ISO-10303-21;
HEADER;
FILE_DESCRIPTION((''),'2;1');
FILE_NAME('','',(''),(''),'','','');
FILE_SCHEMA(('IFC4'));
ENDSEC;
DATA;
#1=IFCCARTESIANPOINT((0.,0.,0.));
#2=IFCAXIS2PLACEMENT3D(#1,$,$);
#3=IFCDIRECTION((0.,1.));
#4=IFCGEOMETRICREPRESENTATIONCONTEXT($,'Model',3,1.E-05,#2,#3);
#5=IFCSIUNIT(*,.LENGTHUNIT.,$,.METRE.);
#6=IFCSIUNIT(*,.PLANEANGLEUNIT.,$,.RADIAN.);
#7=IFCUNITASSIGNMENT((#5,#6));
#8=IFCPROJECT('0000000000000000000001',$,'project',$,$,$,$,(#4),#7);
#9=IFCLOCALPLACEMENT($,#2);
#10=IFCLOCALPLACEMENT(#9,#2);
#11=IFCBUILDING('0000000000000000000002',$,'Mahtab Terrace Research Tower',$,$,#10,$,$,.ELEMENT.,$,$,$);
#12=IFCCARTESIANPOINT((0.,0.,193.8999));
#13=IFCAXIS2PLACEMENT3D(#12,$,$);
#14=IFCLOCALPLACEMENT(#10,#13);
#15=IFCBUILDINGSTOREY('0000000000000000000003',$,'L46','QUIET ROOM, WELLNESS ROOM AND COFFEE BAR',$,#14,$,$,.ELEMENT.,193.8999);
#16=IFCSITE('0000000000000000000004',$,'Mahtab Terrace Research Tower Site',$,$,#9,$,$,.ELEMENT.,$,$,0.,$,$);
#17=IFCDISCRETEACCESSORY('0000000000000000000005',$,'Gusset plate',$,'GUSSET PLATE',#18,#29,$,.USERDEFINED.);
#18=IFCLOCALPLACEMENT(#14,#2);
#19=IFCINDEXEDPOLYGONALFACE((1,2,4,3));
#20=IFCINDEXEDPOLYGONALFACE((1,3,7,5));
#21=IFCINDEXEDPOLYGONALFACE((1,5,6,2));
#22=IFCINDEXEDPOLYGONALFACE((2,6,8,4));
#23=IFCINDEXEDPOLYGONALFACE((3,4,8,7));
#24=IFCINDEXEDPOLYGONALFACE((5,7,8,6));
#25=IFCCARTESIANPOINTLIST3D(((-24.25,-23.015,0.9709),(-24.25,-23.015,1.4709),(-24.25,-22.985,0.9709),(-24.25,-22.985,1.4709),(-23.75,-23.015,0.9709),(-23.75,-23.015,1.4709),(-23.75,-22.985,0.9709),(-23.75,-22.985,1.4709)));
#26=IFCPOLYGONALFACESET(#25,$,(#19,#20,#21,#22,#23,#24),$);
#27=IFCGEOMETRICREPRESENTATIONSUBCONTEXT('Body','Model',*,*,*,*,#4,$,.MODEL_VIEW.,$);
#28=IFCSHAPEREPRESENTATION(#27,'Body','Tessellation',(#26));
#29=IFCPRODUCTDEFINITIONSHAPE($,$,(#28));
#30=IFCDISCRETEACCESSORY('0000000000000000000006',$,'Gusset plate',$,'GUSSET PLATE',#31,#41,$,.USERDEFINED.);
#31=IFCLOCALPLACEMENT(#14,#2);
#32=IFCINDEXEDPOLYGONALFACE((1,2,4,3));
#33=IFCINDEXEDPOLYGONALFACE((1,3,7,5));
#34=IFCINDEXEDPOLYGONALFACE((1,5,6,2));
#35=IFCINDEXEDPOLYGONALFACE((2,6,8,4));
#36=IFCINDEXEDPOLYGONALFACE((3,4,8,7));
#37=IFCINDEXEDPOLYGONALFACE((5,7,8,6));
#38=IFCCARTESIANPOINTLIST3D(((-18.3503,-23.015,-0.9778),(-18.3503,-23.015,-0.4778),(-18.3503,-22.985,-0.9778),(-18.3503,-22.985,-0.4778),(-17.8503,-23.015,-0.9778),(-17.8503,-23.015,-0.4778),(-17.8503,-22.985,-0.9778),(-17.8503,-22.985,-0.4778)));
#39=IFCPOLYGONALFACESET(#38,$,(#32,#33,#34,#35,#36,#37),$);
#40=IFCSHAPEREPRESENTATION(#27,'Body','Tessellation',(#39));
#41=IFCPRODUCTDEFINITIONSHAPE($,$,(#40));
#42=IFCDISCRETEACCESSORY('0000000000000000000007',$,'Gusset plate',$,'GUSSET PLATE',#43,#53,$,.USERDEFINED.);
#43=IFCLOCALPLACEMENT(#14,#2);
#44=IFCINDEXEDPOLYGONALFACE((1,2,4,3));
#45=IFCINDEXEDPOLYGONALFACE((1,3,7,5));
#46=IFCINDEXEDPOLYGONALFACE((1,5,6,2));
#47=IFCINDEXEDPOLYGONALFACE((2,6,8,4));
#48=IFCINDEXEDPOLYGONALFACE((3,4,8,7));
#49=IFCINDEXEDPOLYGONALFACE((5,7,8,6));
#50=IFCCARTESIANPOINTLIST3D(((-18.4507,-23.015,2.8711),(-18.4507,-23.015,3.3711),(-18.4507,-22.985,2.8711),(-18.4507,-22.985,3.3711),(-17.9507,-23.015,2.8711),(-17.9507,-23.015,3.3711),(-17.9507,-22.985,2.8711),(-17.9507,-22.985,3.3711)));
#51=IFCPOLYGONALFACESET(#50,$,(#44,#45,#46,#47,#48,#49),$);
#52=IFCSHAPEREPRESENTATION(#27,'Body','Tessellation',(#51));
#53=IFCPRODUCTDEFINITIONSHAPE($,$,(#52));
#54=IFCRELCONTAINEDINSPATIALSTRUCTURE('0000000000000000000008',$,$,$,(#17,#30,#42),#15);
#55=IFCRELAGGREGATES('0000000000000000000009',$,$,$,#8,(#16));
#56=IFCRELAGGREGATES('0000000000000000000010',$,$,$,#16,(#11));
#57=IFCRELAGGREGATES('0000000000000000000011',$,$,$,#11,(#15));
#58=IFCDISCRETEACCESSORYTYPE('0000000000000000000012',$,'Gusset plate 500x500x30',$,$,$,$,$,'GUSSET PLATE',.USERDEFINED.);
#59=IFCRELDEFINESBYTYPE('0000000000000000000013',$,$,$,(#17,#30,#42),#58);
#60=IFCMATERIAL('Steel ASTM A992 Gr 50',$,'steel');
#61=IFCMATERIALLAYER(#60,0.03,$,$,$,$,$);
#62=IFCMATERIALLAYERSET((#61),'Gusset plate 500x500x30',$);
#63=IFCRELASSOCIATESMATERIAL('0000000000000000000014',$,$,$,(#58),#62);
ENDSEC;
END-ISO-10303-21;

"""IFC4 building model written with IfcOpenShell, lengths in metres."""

from ifc_helpers import new_model, si_unit, direction, frame, origin, origin_2d, place, context, subcontext, project, spatial, rectangle, extrude, material, layer, layer_set, type_object, element, save


model = new_model("IFC4")

# Units and contexts
model_context = context("Model", 3, precision=1e-05, world=origin(), true_north=direction((0.0, 1.0)))
body_context = subcontext(model_context, "Body", "Model", "MODEL_VIEW")
ifc_project = project(units=[si_unit("LENGTHUNIT", "METRE"), si_unit("PLANEANGLEUNIT", "RADIAN")], contexts=[model_context])

# Site, building, storey
site_placement = place(None, origin())
site = spatial("IfcSite", under=ifc_project, at=site_placement, Name="Mahtab Terrace Research Tower Site", CompositionType="ELEMENT", RefElevation=0.0)
building_placement = place(site_placement, origin())
building = spatial("IfcBuilding", under=site, at=building_placement, Name="Mahtab Terrace Research Tower", CompositionType="ELEMENT")
storey_placement = place(building_placement, frame((0.0, 0.0, 193.8999)))
storey = spatial("IfcBuildingStorey", under=building, at=storey_placement, Name="L46", Description="QUIET ROOM, WELLNESS ROOM AND COFFEE BAR", CompositionType="ELEMENT", Elevation=193.8999)

# Shared definitions
ifc_material_1 = material(Name="Steel ASTM A992 Gr 50", Category="steel")

# Discrete accessories
ifc_layer_1 = layer(ifc_material_1, 0.03)
ifc_layer_set_1 = layer_set([ifc_layer_1], Name="Gusset plate 500x500x30")
discrete_accessory_type_1 = type_object("IfcDiscreteAccessoryType", Name="Gusset plate 500x500x30", ElementType="GUSSET PLATE", PredefinedType="USERDEFINED", material=ifc_layer_set_1)
for number, where, z_axis, x_axis, name in (
    (1, (-24.0, -23.0, 0.9709), (0.0, 0.0, 1.0), (1.0, 0.0, 0.0), "Gusset plate"),
    (2, (-18.1003, -23.0, -0.9778), (0.0, 0.0, 1.0), (1.0, 0.0, 0.0), "Gusset plate"),
    (3, (-18.2007, -23.0, 2.8711), (0.0, 0.0, 1.0), (1.0, 0.0, 0.0), "Gusset plate"),
):
    element("IfcDiscreteAccessory", number, at=place(storey_placement, frame(where, z_axis=z_axis, x_axis=x_axis)), inside=storey, type_object=discrete_accessory_type_1, Name=name, ObjectType="GUSSET PLATE", PredefinedType="USERDEFINED", context=body_context, shape_type="SweptSolid", body=[
        extrude(rectangle(XDim=0.5, YDim=0.03, at=origin_2d()), origin(), (0.0, 0.0, 1.0), 0.5),
    ])

save(model, "model.ifc")
